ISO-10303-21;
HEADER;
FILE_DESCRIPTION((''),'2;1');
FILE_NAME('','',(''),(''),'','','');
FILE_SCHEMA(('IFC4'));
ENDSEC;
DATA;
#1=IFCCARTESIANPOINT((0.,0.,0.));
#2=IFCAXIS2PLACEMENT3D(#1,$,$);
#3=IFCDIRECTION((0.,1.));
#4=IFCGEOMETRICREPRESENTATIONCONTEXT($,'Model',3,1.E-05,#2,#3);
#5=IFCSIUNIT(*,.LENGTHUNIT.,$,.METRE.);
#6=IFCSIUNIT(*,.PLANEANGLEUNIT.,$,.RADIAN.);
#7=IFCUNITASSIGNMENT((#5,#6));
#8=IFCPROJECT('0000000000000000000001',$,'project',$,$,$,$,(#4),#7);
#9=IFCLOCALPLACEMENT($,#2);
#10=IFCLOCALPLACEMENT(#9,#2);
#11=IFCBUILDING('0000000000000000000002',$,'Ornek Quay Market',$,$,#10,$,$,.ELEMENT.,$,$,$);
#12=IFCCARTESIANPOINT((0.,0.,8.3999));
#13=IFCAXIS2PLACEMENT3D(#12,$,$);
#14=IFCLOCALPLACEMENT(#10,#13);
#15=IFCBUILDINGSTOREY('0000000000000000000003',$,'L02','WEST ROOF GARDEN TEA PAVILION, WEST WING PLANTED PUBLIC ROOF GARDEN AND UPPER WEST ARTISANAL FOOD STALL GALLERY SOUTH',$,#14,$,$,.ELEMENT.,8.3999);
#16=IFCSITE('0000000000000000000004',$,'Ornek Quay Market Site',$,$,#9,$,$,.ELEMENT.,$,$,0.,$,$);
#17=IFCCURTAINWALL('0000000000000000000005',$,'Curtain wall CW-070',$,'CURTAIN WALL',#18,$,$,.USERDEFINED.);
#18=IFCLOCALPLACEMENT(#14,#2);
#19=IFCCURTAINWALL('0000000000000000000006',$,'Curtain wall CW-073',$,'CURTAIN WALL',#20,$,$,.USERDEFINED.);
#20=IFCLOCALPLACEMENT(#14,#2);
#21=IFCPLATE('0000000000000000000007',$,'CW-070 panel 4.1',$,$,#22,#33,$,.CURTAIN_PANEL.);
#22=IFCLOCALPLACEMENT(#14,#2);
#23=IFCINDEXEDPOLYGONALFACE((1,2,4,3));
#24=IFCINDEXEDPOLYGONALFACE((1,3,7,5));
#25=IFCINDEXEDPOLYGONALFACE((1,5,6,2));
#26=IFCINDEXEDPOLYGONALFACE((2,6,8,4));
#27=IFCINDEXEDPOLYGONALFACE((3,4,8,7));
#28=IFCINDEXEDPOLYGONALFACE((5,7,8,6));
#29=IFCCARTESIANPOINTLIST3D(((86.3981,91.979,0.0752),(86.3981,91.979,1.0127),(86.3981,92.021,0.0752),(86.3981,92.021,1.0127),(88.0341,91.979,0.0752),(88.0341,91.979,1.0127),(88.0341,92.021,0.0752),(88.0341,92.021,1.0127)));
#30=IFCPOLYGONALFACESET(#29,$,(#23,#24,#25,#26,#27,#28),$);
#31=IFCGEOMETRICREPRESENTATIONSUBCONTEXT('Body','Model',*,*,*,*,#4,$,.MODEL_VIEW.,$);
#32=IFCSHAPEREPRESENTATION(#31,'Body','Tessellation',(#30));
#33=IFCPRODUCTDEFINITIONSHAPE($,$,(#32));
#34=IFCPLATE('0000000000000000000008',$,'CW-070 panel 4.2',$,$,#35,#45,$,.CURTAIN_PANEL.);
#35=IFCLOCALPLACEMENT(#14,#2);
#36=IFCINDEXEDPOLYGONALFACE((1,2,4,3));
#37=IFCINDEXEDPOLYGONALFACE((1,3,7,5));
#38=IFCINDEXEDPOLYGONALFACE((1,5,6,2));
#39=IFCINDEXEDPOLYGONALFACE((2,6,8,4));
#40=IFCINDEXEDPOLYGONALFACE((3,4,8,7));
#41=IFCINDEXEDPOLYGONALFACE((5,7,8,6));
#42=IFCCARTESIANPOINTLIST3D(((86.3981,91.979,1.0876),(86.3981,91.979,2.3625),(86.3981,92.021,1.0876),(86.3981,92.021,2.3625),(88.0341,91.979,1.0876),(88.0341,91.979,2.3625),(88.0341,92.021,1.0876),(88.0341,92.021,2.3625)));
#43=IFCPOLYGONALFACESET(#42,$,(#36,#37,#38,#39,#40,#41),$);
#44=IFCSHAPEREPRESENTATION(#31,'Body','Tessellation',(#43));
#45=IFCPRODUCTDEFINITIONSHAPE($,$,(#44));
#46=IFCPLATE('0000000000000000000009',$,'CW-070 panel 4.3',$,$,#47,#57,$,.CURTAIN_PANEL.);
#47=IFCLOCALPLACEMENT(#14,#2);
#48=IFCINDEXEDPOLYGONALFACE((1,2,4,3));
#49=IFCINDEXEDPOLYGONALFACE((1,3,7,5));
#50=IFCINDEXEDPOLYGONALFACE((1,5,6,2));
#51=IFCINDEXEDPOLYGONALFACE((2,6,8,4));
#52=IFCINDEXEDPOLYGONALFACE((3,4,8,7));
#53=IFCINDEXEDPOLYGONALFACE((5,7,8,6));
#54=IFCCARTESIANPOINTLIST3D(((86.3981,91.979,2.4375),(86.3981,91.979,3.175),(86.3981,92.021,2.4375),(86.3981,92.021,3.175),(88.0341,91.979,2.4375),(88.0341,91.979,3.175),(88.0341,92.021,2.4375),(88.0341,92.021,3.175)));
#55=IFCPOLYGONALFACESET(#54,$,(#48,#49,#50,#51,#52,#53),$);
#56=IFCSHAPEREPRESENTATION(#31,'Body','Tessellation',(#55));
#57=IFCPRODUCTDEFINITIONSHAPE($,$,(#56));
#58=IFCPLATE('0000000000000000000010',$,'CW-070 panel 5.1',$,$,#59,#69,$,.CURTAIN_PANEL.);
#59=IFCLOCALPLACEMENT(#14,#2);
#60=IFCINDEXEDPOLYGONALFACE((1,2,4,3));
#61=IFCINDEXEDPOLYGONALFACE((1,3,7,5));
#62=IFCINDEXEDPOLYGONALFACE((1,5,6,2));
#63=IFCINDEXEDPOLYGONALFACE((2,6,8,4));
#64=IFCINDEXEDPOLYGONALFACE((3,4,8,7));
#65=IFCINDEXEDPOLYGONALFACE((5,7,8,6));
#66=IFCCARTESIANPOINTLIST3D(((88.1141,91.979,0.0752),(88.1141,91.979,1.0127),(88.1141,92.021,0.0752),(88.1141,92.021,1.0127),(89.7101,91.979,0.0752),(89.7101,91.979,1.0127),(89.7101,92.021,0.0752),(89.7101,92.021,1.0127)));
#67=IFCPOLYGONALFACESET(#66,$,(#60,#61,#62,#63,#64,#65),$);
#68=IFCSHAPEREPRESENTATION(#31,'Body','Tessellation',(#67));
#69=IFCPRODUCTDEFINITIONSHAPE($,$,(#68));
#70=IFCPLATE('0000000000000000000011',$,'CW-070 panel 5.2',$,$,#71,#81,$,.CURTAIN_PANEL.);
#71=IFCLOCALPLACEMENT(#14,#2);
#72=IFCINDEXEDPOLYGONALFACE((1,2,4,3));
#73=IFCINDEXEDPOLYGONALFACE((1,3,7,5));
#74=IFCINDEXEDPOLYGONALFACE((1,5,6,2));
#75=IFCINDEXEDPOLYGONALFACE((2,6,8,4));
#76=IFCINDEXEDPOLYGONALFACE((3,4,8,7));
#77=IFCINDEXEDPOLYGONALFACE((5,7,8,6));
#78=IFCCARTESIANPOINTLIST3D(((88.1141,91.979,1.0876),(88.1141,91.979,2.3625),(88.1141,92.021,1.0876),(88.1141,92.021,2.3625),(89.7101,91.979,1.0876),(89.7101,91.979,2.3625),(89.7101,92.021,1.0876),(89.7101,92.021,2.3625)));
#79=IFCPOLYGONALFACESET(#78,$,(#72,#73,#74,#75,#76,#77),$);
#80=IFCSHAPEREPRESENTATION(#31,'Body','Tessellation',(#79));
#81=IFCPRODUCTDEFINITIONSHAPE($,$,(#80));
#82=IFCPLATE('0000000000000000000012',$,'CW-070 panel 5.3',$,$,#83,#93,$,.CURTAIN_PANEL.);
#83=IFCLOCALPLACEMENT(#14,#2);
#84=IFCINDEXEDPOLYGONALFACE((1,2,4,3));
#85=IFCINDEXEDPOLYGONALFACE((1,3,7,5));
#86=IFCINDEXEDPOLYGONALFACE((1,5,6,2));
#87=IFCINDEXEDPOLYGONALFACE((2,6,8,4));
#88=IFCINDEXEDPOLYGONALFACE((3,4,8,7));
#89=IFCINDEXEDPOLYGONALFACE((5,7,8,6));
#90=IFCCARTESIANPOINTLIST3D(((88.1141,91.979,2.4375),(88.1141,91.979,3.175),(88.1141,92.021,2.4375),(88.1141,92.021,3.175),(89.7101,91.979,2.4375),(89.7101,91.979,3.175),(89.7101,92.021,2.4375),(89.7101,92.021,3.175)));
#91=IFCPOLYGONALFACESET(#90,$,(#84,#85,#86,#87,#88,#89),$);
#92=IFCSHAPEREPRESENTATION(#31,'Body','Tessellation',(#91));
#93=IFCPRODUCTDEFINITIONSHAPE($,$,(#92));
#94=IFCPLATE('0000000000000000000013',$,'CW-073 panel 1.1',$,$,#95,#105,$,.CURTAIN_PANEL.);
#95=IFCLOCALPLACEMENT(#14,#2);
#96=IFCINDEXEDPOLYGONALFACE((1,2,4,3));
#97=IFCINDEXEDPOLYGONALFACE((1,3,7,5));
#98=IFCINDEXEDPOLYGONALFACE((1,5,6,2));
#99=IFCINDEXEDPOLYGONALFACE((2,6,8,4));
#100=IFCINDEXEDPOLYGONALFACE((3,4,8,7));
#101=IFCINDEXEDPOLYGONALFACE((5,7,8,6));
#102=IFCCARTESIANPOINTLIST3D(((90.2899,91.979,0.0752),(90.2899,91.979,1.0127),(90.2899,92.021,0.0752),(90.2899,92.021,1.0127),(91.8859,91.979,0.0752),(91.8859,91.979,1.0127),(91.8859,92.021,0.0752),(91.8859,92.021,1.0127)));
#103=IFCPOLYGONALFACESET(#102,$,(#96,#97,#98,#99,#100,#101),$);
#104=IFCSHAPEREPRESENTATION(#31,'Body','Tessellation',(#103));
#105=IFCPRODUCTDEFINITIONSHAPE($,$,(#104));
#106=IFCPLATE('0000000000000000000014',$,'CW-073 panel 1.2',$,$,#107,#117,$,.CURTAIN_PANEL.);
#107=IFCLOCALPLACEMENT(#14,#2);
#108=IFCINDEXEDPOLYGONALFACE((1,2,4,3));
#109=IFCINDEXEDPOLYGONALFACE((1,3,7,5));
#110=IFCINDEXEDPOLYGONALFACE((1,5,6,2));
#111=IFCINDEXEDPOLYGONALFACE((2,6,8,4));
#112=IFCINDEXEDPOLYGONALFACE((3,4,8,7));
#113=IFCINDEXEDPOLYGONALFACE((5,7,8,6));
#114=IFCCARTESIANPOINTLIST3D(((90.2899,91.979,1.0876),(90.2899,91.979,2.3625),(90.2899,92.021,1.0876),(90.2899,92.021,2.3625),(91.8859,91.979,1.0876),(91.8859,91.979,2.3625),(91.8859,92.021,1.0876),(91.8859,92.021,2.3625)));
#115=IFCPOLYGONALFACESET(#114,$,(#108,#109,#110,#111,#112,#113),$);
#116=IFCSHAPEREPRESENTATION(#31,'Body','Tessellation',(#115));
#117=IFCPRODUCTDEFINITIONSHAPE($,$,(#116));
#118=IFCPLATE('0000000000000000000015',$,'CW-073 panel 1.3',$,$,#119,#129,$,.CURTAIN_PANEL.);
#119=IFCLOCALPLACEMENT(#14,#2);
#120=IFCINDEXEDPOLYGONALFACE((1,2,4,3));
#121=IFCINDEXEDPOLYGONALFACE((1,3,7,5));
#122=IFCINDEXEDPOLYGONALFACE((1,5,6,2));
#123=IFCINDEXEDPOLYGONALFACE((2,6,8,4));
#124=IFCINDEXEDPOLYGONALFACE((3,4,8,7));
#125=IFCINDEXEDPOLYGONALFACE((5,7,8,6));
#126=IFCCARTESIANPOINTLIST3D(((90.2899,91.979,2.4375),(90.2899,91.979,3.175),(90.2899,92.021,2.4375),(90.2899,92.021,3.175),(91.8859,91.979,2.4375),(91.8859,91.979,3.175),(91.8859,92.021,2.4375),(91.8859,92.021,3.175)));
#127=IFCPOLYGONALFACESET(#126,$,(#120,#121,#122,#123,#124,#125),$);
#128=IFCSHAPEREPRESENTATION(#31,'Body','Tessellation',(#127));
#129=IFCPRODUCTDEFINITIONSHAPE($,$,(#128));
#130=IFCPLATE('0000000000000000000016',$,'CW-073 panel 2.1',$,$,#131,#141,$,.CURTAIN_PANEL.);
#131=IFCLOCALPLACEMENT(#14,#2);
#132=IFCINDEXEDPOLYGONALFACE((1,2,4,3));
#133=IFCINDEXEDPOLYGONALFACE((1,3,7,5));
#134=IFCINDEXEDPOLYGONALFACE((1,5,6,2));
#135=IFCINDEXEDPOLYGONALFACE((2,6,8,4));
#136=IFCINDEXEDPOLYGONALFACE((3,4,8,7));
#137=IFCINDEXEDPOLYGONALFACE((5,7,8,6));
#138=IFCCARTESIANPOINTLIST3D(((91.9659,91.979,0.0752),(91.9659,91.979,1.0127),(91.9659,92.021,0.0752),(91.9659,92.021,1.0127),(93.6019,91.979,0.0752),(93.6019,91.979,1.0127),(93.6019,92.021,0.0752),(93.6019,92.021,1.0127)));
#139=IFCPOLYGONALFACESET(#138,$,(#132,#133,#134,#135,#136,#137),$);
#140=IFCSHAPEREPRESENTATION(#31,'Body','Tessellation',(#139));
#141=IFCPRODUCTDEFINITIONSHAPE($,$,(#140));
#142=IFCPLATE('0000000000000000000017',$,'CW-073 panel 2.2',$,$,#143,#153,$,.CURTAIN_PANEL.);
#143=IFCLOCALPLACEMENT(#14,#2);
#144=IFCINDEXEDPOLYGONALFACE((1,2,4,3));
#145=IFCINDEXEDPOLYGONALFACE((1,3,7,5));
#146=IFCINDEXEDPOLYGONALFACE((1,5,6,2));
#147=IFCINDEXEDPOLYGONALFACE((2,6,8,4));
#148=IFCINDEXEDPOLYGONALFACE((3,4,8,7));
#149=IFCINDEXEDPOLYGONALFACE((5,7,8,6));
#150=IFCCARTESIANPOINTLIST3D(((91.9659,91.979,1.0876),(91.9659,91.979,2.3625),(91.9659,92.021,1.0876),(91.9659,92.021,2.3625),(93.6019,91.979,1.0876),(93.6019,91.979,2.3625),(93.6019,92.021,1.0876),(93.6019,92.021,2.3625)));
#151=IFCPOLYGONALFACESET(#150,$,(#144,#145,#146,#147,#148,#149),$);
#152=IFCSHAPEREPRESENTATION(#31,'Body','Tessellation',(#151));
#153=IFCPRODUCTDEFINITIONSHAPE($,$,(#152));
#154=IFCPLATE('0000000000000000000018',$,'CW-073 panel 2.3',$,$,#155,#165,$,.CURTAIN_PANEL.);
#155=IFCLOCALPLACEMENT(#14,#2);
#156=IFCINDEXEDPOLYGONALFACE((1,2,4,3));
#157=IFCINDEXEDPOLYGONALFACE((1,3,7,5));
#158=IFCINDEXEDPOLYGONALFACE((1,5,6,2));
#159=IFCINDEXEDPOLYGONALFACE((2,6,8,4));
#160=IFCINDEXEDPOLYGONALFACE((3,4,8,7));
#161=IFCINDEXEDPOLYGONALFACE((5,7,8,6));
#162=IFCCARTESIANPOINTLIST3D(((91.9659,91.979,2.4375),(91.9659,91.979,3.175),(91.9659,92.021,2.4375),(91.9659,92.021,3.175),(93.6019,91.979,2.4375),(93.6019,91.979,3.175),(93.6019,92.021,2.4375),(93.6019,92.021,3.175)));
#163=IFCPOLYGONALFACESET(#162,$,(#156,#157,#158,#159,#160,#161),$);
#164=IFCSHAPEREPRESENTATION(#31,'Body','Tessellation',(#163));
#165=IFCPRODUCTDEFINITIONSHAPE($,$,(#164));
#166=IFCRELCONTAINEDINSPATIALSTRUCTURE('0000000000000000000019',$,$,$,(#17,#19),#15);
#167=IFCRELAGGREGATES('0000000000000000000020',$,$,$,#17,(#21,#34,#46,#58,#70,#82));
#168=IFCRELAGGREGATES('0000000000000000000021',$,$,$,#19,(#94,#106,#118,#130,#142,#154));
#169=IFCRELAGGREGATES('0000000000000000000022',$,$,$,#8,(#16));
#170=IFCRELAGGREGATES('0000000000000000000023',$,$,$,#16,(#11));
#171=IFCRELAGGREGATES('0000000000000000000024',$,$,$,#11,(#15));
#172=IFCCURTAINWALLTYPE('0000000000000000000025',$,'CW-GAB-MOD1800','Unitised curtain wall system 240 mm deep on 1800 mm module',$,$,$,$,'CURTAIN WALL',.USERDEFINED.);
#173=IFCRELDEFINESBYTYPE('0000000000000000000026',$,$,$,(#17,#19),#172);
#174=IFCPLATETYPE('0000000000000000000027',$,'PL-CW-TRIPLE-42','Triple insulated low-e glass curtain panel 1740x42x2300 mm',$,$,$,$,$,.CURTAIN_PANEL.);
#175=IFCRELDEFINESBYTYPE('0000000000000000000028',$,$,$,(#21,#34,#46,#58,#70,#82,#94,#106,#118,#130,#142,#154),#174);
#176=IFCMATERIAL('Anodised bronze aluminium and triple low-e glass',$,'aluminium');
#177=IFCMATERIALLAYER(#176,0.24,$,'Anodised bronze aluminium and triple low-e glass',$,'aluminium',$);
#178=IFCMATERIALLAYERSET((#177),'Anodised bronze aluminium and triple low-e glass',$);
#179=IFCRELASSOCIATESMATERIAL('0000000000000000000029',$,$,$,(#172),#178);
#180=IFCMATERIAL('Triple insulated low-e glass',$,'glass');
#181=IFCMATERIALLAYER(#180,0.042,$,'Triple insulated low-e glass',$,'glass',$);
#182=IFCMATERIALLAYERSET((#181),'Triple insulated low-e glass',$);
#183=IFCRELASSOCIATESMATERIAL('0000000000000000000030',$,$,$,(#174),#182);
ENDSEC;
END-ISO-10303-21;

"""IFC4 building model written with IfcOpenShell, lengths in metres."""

from ifc_helpers import new_model, si_unit, direction, frame, origin, origin_2d, place, context, subcontext, project, spatial, rectangle, extrude, material, layer, layer_set, type_object, element, aggregate, save


model = new_model("IFC4")

# Units and contexts
model_context = context("Model", 3, precision=1e-05, world=origin(), true_north=direction((0.0, 1.0)))
body_context = subcontext(model_context, "Body", "Model", "MODEL_VIEW")
ifc_project = project(units=[si_unit("LENGTHUNIT", "METRE"), si_unit("PLANEANGLEUNIT", "RADIAN")], contexts=[model_context])

# Site, building, storey
site_placement = place(None, origin())
site = spatial("IfcSite", under=ifc_project, at=site_placement, Name="Ornek Quay Market Site", CompositionType="ELEMENT", RefElevation=0.0)
building_placement = place(site_placement, origin())
building = spatial("IfcBuilding", under=site, at=building_placement, Name="Ornek Quay Market", CompositionType="ELEMENT")
storey_placement = place(building_placement, frame((0.0, 0.0, 8.3999)))
storey = spatial("IfcBuildingStorey", under=building, at=storey_placement, Name="L02", Description="WEST ROOF GARDEN TEA PAVILION, WEST WING PLANTED PUBLIC ROOF GARDEN AND UPPER WEST ARTISANAL FOOD STALL GALLERY SOUTH", CompositionType="ELEMENT", Elevation=8.3999)

# Curtain walls
ifc_material_1 = material(Name="Anodised bronze aluminium and triple low-e glass", Category="aluminium")
ifc_layer_1 = layer(ifc_material_1, 0.24, Name="Anodised bronze aluminium and triple low-e glass", Category="aluminium")
ifc_layer_set_1 = layer_set([ifc_layer_1], Name="Anodised bronze aluminium and triple low-e glass")
curtain_wall_type = type_object("IfcCurtainWallType", Name="CW-GAB-MOD1800", Description="Unitised curtain wall system 240 mm deep on 1800 mm module", ElementType="CURTAIN WALL", PredefinedType="USERDEFINED", material=ifc_layer_set_1)
curtain_wall_1_placement = place(storey_placement, origin())
curtain_wall_1 = element("IfcCurtainWall", 1, at=curtain_wall_1_placement, inside=storey, type_object=curtain_wall_type, Name="Curtain wall CW-070", ObjectType="CURTAIN WALL", PredefinedType="USERDEFINED")
curtain_wall_2_placement = place(storey_placement, origin())
curtain_wall_2 = element("IfcCurtainWall", 2, at=curtain_wall_2_placement, inside=storey, type_object=curtain_wall_type, Name="Curtain wall CW-073", ObjectType="CURTAIN WALL", PredefinedType="USERDEFINED")

# Plates
ifc_material_2 = material(Name="Triple insulated low-e glass", Category="glass")
ifc_layer_2 = layer(ifc_material_2, 0.042, Name="Triple insulated low-e glass", Category="glass")
ifc_layer_set_2 = layer_set([ifc_layer_2], Name="Triple insulated low-e glass")
plate_type = type_object("IfcPlateType", Name="PL-CW-TRIPLE-42", Description="Triple insulated low-e glass curtain panel 1740x42x2300 mm", PredefinedType="CURTAIN_PANEL", material=ifc_layer_set_2)
plate_1_placement = place(storey_placement, frame((87.2161, 92.0, 0.0752), z_axis=(0.0, 0.0, 1.0), x_axis=(1.0, 0.0, 0.0)))
plate_1 = element("IfcPlate", 3, at=plate_1_placement, type_object=plate_type, Name="CW-070 panel 4.1", PredefinedType="CURTAIN_PANEL", context=body_context, shape_type="SweptSolid", body=[
    extrude(rectangle(XDim=1.636, YDim=0.042, at=origin_2d()), origin(), (0.0, 0.0, 1.0), 0.9375),
])
plate_2_placement = place(storey_placement, frame((87.2161, 92.0, 1.0876), z_axis=(0.0, 0.0, 1.0), x_axis=(1.0, 0.0, 0.0)))
plate_2 = element("IfcPlate", 4, at=plate_2_placement, type_object=plate_type, Name="CW-070 panel 4.2", PredefinedType="CURTAIN_PANEL", context=body_context, shape_type="SweptSolid", body=[
    extrude(rectangle(XDim=1.636, YDim=0.042, at=origin_2d()), origin(), (0.0, 0.0, 1.0), 1.2749),
])
plate_3_placement = place(storey_placement, frame((87.2161, 92.0, 2.4375), z_axis=(0.0, 0.0, 1.0), x_axis=(1.0, 0.0, 0.0)))
plate_3 = element("IfcPlate", 5, at=plate_3_placement, type_object=plate_type, Name="CW-070 panel 4.3", PredefinedType="CURTAIN_PANEL", context=body_context, shape_type="SweptSolid", body=[
    extrude(rectangle(XDim=1.636, YDim=0.042, at=origin_2d()), origin(), (0.0, 0.0, 1.0), 0.7375),
])
plate_4_placement = place(storey_placement, frame((88.9121, 92.0, 0.0752), z_axis=(0.0, 0.0, 1.0), x_axis=(1.0, 0.0, 0.0)))
plate_4 = element("IfcPlate", 6, at=plate_4_placement, type_object=plate_type, Name="CW-070 panel 5.1", PredefinedType="CURTAIN_PANEL", context=body_context, shape_type="SweptSolid", body=[
    extrude(rectangle(XDim=1.5959, YDim=0.042, at=origin_2d()), origin(), (0.0, 0.0, 1.0), 0.9375),
])
plate_5_placement = place(storey_placement, frame((88.9121, 92.0, 1.0876), z_axis=(0.0, 0.0, 1.0), x_axis=(1.0, 0.0, 0.0)))
plate_5 = element("IfcPlate", 7, at=plate_5_placement, type_object=plate_type, Name="CW-070 panel 5.2", PredefinedType="CURTAIN_PANEL", context=body_context, shape_type="SweptSolid", body=[
    extrude(rectangle(XDim=1.5959, YDim=0.042, at=origin_2d()), origin(), (0.0, 0.0, 1.0), 1.2749),
])
plate_6_placement = place(storey_placement, frame((88.9121, 92.0, 2.4375), z_axis=(0.0, 0.0, 1.0), x_axis=(1.0, 0.0, 0.0)))
plate_6 = element("IfcPlate", 8, at=plate_6_placement, type_object=plate_type, Name="CW-070 panel 5.3", PredefinedType="CURTAIN_PANEL", context=body_context, shape_type="SweptSolid", body=[
    extrude(rectangle(XDim=1.5959, YDim=0.042, at=origin_2d()), origin(), (0.0, 0.0, 1.0), 0.7375),
])
aggregate(curtain_wall_1, [plate_1, plate_2, plate_3, plate_4, plate_5, plate_6])
plate_7_placement = place(storey_placement, frame((91.0879, 92.0, 0.0752), z_axis=(0.0, 0.0, 1.0), x_axis=(1.0, 0.0, 0.0)))
plate_7 = element("IfcPlate", 9, at=plate_7_placement, type_object=plate_type, Name="CW-073 panel 1.1", PredefinedType="CURTAIN_PANEL", context=body_context, shape_type="SweptSolid", body=[
    extrude(rectangle(XDim=1.5959, YDim=0.042, at=origin_2d()), origin(), (0.0, 0.0, 1.0), 0.9375),
])
plate_8_placement = place(storey_placement, frame((91.0879, 92.0, 1.0876), z_axis=(0.0, 0.0, 1.0), x_axis=(1.0, 0.0, 0.0)))
plate_8 = element("IfcPlate", 10, at=plate_8_placement, type_object=plate_type, Name="CW-073 panel 1.2", PredefinedType="CURTAIN_PANEL", context=body_context, shape_type="SweptSolid", body=[
    extrude(rectangle(XDim=1.5959, YDim=0.042, at=origin_2d()), origin(), (0.0, 0.0, 1.0), 1.2749),
])
plate_9_placement = place(storey_placement, frame((91.0879, 92.0, 2.4375), z_axis=(0.0, 0.0, 1.0), x_axis=(1.0, 0.0, 0.0)))
plate_9 = element("IfcPlate", 11, at=plate_9_placement, type_object=plate_type, Name="CW-073 panel 1.3", PredefinedType="CURTAIN_PANEL", context=body_context, shape_type="SweptSolid", body=[
    extrude(rectangle(XDim=1.5959, YDim=0.042, at=origin_2d()), origin(), (0.0, 0.0, 1.0), 0.7375),
])
plate_10_placement = place(storey_placement, frame((92.7839, 92.0, 0.0752), z_axis=(0.0, 0.0, 1.0), x_axis=(1.0, 0.0, 0.0)))
plate_10 = element("IfcPlate", 12, at=plate_10_placement, type_object=plate_type, Name="CW-073 panel 2.1", PredefinedType="CURTAIN_PANEL", context=body_context, shape_type="SweptSolid", body=[
    extrude(rectangle(XDim=1.636, YDim=0.042, at=origin_2d()), origin(), (0.0, 0.0, 1.0), 0.9375),
])
plate_11_placement = place(storey_placement, frame((92.7839, 92.0, 1.0876), z_axis=(0.0, 0.0, 1.0), x_axis=(1.0, 0.0, 0.0)))
plate_11 = element("IfcPlate", 13, at=plate_11_placement, type_object=plate_type, Name="CW-073 panel 2.2", PredefinedType="CURTAIN_PANEL", context=body_context, shape_type="SweptSolid", body=[
    extrude(rectangle(XDim=1.636, YDim=0.042, at=origin_2d()), origin(), (0.0, 0.0, 1.0), 1.2749),
])
plate_12_placement = place(storey_placement, frame((92.7839, 92.0, 2.4375), z_axis=(0.0, 0.0, 1.0), x_axis=(1.0, 0.0, 0.0)))
plate_12 = element("IfcPlate", 14, at=plate_12_placement, type_object=plate_type, Name="CW-073 panel 2.3", PredefinedType="CURTAIN_PANEL", context=body_context, shape_type="SweptSolid", body=[
    extrude(rectangle(XDim=1.636, YDim=0.042, at=origin_2d()), origin(), (0.0, 0.0, 1.0), 0.7375),
])
aggregate(curtain_wall_2, [plate_7, plate_8, plate_9, plate_10, plate_11, plate_12])

save(model, "model.ifc")
